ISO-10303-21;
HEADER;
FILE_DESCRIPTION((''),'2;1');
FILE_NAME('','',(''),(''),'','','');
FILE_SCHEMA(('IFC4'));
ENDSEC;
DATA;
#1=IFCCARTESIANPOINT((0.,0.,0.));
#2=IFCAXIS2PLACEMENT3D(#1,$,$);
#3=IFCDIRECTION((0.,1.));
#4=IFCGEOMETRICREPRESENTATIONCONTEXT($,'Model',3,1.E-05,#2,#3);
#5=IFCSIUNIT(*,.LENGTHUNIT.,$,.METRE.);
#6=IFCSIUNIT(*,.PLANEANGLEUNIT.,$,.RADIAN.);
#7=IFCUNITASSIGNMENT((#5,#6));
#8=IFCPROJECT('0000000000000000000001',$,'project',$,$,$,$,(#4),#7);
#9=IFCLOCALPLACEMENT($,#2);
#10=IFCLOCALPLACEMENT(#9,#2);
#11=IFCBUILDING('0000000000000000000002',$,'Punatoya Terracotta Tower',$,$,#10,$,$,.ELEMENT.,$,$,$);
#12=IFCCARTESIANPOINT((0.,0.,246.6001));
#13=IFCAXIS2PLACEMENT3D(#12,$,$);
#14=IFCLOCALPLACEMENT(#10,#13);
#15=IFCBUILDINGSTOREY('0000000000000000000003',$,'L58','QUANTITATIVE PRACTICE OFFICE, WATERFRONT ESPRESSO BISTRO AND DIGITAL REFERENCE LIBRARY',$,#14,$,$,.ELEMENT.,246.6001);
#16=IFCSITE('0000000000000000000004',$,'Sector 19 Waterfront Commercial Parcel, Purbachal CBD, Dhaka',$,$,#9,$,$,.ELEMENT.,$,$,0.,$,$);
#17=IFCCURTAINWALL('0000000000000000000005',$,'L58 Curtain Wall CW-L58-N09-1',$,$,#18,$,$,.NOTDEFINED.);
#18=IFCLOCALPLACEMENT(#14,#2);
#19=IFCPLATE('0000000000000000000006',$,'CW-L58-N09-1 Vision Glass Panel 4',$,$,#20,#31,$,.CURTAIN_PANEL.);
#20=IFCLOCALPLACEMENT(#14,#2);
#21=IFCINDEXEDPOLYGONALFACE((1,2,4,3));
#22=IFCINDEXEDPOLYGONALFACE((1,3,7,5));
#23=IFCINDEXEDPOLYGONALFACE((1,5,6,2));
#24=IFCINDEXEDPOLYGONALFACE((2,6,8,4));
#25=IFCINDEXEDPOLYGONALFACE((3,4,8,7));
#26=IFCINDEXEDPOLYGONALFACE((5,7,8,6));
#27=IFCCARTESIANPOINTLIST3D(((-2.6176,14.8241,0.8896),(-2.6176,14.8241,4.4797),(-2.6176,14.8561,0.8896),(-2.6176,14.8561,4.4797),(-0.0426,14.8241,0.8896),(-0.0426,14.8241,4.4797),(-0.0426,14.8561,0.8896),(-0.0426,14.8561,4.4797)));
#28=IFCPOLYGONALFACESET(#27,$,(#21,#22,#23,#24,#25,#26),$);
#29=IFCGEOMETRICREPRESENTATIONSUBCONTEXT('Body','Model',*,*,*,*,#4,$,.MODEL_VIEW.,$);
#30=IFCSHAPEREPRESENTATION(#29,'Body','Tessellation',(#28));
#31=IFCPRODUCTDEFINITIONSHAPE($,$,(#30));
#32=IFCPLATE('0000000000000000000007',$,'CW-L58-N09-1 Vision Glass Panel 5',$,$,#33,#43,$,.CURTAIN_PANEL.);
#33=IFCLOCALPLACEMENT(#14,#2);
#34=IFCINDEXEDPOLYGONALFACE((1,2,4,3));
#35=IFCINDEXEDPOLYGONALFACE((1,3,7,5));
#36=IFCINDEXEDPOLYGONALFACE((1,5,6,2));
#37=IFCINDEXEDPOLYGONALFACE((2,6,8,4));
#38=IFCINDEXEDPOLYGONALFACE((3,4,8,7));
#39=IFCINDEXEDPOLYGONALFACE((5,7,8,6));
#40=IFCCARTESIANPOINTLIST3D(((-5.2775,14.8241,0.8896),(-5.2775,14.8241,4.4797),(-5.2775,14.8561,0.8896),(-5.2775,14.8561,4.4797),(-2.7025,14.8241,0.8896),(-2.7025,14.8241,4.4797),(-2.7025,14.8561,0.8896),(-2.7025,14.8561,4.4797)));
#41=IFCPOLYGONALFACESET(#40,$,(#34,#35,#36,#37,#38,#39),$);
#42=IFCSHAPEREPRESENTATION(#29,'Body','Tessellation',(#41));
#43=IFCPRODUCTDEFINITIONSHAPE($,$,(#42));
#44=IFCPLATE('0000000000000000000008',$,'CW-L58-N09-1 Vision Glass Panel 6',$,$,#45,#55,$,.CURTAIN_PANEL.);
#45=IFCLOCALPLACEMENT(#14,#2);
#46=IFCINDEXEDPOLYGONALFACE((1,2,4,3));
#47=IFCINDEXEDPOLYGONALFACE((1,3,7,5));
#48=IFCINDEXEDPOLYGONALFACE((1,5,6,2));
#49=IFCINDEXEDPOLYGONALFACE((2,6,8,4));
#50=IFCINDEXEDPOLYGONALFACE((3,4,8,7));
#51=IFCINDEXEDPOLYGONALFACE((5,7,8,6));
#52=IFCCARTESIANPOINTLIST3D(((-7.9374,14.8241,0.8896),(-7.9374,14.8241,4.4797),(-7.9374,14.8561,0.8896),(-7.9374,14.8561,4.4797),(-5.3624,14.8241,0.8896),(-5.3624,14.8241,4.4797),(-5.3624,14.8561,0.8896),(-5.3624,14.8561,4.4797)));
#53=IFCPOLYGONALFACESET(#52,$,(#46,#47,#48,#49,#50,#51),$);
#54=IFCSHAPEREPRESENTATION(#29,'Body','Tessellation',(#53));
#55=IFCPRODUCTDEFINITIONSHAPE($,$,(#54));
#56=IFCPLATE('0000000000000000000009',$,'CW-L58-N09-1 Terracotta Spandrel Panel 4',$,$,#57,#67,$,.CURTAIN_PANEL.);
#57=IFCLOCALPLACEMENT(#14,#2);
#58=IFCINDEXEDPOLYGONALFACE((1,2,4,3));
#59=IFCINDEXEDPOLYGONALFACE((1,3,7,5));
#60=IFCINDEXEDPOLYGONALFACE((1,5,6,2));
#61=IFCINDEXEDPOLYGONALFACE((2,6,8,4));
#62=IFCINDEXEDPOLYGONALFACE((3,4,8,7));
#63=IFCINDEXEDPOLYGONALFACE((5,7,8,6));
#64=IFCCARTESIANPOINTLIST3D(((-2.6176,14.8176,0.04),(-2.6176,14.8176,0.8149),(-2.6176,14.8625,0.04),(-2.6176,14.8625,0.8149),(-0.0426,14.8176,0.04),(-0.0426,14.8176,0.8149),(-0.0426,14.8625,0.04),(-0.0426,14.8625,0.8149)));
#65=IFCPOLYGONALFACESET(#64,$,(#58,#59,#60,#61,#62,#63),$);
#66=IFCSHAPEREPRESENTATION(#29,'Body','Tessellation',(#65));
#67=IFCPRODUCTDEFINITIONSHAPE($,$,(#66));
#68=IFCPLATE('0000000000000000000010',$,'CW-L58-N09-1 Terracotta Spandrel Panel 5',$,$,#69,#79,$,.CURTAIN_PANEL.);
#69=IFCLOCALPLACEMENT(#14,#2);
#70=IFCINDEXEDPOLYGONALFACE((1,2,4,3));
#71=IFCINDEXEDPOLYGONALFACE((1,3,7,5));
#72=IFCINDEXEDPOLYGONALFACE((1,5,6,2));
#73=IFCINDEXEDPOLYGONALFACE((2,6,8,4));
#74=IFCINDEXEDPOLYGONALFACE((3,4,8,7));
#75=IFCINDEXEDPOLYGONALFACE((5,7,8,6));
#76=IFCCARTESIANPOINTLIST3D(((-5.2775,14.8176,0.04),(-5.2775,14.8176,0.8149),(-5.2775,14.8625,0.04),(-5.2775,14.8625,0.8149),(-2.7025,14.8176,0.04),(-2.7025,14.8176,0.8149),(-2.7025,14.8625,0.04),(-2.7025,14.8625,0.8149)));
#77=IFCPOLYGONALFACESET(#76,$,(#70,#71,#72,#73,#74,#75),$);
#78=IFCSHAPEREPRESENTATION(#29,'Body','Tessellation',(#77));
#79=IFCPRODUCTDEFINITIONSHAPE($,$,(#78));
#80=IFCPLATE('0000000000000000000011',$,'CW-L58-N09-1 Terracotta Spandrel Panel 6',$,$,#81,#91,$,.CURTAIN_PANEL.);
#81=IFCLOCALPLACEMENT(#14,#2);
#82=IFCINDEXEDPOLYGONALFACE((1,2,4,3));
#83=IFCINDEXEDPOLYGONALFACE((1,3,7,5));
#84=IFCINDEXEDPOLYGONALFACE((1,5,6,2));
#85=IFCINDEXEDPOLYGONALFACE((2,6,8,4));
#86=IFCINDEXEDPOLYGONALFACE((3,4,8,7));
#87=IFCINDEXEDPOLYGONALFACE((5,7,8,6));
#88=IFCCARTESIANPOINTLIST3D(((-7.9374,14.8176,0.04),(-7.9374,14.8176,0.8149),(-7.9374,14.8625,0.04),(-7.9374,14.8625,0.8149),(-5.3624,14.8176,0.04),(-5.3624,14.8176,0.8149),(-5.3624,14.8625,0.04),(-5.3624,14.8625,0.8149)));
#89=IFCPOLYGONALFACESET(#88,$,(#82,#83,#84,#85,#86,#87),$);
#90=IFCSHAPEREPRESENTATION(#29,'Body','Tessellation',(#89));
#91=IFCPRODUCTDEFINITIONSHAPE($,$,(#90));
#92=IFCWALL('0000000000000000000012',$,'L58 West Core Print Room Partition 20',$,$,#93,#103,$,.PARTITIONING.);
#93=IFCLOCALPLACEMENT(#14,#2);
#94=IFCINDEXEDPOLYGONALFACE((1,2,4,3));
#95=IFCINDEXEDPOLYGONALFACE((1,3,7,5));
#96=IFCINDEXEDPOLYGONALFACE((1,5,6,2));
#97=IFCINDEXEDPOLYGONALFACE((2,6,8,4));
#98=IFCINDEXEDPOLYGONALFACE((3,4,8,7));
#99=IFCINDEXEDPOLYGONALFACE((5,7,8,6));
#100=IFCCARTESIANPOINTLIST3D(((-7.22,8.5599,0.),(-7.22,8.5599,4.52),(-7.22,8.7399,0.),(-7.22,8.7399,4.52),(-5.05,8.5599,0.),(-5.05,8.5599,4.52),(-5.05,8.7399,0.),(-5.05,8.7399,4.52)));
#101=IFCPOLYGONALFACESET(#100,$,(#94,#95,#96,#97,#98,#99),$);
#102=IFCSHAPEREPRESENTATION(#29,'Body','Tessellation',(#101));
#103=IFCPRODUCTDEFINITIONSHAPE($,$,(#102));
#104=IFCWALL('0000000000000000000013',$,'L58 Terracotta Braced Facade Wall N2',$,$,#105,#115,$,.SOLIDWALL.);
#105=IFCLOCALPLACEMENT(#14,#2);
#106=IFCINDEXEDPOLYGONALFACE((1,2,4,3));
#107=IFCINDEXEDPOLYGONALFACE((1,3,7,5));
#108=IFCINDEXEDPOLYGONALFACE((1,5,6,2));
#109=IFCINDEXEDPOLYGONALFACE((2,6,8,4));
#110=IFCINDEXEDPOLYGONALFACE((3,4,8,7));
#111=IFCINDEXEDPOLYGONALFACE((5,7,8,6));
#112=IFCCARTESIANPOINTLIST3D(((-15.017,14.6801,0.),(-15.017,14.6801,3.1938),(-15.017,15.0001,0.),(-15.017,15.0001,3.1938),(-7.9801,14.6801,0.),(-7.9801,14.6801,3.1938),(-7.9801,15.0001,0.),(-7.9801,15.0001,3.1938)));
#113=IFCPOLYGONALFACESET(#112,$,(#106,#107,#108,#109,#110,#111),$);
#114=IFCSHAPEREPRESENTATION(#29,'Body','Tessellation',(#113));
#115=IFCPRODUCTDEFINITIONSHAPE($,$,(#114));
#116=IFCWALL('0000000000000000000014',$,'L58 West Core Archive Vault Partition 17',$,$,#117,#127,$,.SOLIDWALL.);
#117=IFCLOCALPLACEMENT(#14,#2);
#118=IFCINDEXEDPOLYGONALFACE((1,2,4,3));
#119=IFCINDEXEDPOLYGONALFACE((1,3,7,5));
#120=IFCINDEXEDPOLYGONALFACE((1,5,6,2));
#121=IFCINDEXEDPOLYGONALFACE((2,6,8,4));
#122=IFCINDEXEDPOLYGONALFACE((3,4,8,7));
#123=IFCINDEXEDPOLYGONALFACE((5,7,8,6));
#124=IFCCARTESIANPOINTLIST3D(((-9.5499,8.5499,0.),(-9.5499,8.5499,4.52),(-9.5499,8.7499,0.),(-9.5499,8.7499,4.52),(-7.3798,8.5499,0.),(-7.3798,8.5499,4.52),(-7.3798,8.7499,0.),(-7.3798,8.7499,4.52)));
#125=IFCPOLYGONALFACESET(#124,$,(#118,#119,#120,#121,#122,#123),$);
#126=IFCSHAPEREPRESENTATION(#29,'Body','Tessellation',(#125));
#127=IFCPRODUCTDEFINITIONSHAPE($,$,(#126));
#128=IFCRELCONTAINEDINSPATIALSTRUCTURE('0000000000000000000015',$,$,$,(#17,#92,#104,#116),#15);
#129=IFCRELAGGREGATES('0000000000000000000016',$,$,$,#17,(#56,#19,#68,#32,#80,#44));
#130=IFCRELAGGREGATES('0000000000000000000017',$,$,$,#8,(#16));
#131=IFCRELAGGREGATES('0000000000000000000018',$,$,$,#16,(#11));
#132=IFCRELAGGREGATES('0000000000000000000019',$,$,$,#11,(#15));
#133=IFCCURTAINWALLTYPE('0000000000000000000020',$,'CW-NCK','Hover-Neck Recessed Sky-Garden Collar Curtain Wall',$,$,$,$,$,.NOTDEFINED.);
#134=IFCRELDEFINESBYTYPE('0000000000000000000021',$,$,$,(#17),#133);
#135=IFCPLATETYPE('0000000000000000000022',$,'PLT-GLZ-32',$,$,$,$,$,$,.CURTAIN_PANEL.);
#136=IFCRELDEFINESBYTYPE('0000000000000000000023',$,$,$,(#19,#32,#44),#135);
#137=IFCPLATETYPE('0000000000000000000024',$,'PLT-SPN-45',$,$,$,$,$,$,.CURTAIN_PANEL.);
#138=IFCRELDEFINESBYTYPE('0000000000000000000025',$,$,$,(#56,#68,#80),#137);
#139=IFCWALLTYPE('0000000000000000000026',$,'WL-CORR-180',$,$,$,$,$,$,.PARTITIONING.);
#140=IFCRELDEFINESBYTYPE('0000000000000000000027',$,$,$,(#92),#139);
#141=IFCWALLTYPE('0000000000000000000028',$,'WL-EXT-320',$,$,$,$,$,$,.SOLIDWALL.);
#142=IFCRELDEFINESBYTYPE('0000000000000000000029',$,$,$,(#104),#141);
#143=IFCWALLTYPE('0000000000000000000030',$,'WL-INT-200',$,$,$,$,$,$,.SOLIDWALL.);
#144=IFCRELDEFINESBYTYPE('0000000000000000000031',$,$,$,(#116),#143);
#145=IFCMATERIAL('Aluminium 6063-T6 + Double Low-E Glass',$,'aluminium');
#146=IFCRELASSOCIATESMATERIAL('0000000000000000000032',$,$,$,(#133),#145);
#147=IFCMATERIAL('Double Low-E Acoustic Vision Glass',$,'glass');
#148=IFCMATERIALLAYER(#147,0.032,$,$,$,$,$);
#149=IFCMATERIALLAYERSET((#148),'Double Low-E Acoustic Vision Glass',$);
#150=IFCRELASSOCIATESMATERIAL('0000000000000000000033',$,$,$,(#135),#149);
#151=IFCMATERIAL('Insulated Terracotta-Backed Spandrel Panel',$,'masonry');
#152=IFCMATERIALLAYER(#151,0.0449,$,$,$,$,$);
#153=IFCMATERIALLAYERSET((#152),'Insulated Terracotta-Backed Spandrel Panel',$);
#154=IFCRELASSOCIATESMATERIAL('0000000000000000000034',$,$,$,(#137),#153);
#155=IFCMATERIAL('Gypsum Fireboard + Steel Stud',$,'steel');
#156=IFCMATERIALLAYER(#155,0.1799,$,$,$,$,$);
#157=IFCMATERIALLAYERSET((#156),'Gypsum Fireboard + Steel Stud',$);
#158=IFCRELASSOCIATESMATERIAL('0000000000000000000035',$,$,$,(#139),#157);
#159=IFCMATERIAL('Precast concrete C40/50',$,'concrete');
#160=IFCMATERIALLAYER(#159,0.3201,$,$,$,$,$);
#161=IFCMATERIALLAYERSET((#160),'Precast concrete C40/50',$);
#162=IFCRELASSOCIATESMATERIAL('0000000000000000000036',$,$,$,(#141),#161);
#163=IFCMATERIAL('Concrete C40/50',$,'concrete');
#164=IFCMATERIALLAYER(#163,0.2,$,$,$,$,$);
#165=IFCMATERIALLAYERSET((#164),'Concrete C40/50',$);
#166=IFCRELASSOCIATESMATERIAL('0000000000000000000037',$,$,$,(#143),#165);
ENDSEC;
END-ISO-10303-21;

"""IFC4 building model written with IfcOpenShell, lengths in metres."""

from ifc_helpers import new_model, si_unit, direction, frame, frame_2d, origin, origin_2d, place, context, subcontext, project, spatial, rectangle, extrude, material, layer, layer_set, type_object, element, aggregate, save


model = new_model("IFC4")

# Units and contexts
model_context = context("Model", 3, precision=1e-05, world=origin(), true_north=direction((0.0, 1.0)))
body_context = subcontext(model_context, "Body", "Model", "MODEL_VIEW")
ifc_project = project(units=[si_unit("LENGTHUNIT", "METRE"), si_unit("PLANEANGLEUNIT", "RADIAN")], contexts=[model_context])

# Site, building, storey
site_placement = place(None, origin())
site = spatial("IfcSite", under=ifc_project, at=site_placement, Name="Sector 19 Waterfront Commercial Parcel, Purbachal CBD, Dhaka", CompositionType="ELEMENT", RefElevation=0.0)
building_placement = place(site_placement, origin())
building = spatial("IfcBuilding", under=site, at=building_placement, Name="Punatoya Terracotta Tower", CompositionType="ELEMENT")
storey_placement = place(building_placement, frame((0.0, 0.0, 246.6001)))
storey = spatial("IfcBuildingStorey", under=building, at=storey_placement, Name="L58", Description="QUANTITATIVE PRACTICE OFFICE, WATERFRONT ESPRESSO BISTRO AND DIGITAL REFERENCE LIBRARY", CompositionType="ELEMENT", Elevation=246.6001)

# Curtain wall, plates
ifc_material_1 = material(Name="Aluminium 6063-T6 + Double Low-E Glass", Category="aluminium")
curtain_wall_type = type_object("IfcCurtainWallType", Name="CW-NCK", Description="Hover-Neck Recessed Sky-Garden Collar Curtain Wall", PredefinedType="NOTDEFINED", material=ifc_material_1)
curtain_wall_placement = place(storey_placement, origin())
curtain_wall = element("IfcCurtainWall", 1, at=curtain_wall_placement, inside=storey, type_object=curtain_wall_type, Name="L58 Curtain Wall CW-L58-N09-1", PredefinedType="NOTDEFINED")
ifc_material_2 = material(Name="Double Low-E Acoustic Vision Glass", Category="glass")
ifc_layer_1 = layer(ifc_material_2, 0.032)
ifc_layer_set_1 = layer_set([ifc_layer_1], Name="Double Low-E Acoustic Vision Glass")
plate_type_1 = type_object("IfcPlateType", Name="PLT-GLZ-32", PredefinedType="CURTAIN_PANEL", material=ifc_layer_set_1)
plate_1_placement = place(storey_placement, frame((-1.3301, 14.8401, 0.8896), z_axis=(0.0, 0.0, 1.0), x_axis=(-1.0, 0.0, 0.0)))
plate_1 = element("IfcPlate", 2, at=plate_1_placement, type_object=plate_type_1, Name="CW-L58-N09-1 Vision Glass Panel 4", PredefinedType="CURTAIN_PANEL", context=body_context, shape_type="SweptSolid", body=[
    extrude(rectangle(XDim=2.575, YDim=0.032, at=origin_2d()), origin(), (0.0, 0.0, 1.0), 3.5901),
])
plate_2_placement = place(storey_placement, frame((-3.99, 14.8401, 0.8896), z_axis=(0.0, 0.0, 1.0), x_axis=(-1.0, 0.0, 0.0)))
plate_2 = element("IfcPlate", 3, at=plate_2_placement, type_object=plate_type_1, Name="CW-L58-N09-1 Vision Glass Panel 5", PredefinedType="CURTAIN_PANEL", context=body_context, shape_type="SweptSolid", body=[
    extrude(rectangle(XDim=2.575, YDim=0.032, at=origin_2d()), origin(), (0.0, 0.0, 1.0), 3.5901),
])
plate_3_placement = place(storey_placement, frame((-6.6499, 14.8401, 0.8896), z_axis=(0.0, 0.0, 1.0), x_axis=(-1.0, 0.0, 0.0)))
plate_3 = element("IfcPlate", 4, at=plate_3_placement, type_object=plate_type_1, Name="CW-L58-N09-1 Vision Glass Panel 6", PredefinedType="CURTAIN_PANEL", context=body_context, shape_type="SweptSolid", body=[
    extrude(rectangle(XDim=2.575, YDim=0.032, at=origin_2d()), origin(), (0.0, 0.0, 1.0), 3.5901),
])
ifc_material_3 = material(Name="Insulated Terracotta-Backed Spandrel Panel", Category="masonry")
ifc_layer_2 = layer(ifc_material_3, 0.0449)
ifc_layer_set_2 = layer_set([ifc_layer_2], Name="Insulated Terracotta-Backed Spandrel Panel")
plate_type_2 = type_object("IfcPlateType", Name="PLT-SPN-45", PredefinedType="CURTAIN_PANEL", material=ifc_layer_set_2)
plate_4_placement = place(storey_placement, frame((-1.3301, 14.8401, 0.04), z_axis=(0.0, 0.0, 1.0), x_axis=(-1.0, 0.0, 0.0)))
plate_4 = element("IfcPlate", 5, at=plate_4_placement, type_object=plate_type_2, Name="CW-L58-N09-1 Terracotta Spandrel Panel 4", PredefinedType="CURTAIN_PANEL", context=body_context, shape_type="SweptSolid", body=[
    extrude(rectangle(XDim=2.575, YDim=0.0449, at=origin_2d()), origin(), (0.0, 0.0, 1.0), 0.7749),
])
plate_5_placement = place(storey_placement, frame((-3.99, 14.8401, 0.04), z_axis=(0.0, 0.0, 1.0), x_axis=(-1.0, 0.0, 0.0)))
plate_5 = element("IfcPlate", 6, at=plate_5_placement, type_object=plate_type_2, Name="CW-L58-N09-1 Terracotta Spandrel Panel 5", PredefinedType="CURTAIN_PANEL", context=body_context, shape_type="SweptSolid", body=[
    extrude(rectangle(XDim=2.575, YDim=0.0449, at=origin_2d()), origin(), (0.0, 0.0, 1.0), 0.7749),
])
plate_6_placement = place(storey_placement, frame((-6.6499, 14.8401, 0.04), z_axis=(0.0, 0.0, 1.0), x_axis=(-1.0, 0.0, 0.0)))
plate_6 = element("IfcPlate", 7, at=plate_6_placement, type_object=plate_type_2, Name="CW-L58-N09-1 Terracotta Spandrel Panel 6", PredefinedType="CURTAIN_PANEL", context=body_context, shape_type="SweptSolid", body=[
    extrude(rectangle(XDim=2.575, YDim=0.0449, at=origin_2d()), origin(), (0.0, 0.0, 1.0), 0.7749),
])
aggregate(curtain_wall, [plate_4, plate_1, plate_5, plate_2, plate_6, plate_3])

# Walls
ifc_material_4 = material(Name="Gypsum Fireboard + Steel Stud", Category="steel")
ifc_layer_3 = layer(ifc_material_4, 0.1799)
ifc_layer_set_3 = layer_set([ifc_layer_3], Name="Gypsum Fireboard + Steel Stud")
wall_type_1 = type_object("IfcWallType", Name="WL-CORR-180", PredefinedType="PARTITIONING", material=ifc_layer_set_3)
wall_1_placement = place(storey_placement, frame((-5.05, 8.6499, 0.0), z_axis=(0.0, 0.0, 1.0), x_axis=(-1.0, 0.0, 0.0)))
element("IfcWall", 8, at=wall_1_placement, inside=storey, type_object=wall_type_1, Name="L58 West Core Print Room Partition 20", PredefinedType="PARTITIONING", context=body_context, shape_type="SweptSolid", body=[
    extrude(rectangle(XDim=2.1699, YDim=0.1799, at=frame_2d((1.085, 0.0))), origin(), (0.0, 0.0, 1.0), 4.52),
])
ifc_material_5 = material(Name="Precast concrete C40/50", Category="concrete")
ifc_layer_4 = layer(ifc_material_5, 0.3201)
ifc_layer_set_4 = layer_set([ifc_layer_4], Name="Precast concrete C40/50")
wall_type_2 = type_object("IfcWallType", Name="WL-EXT-320", PredefinedType="SOLIDWALL", material=ifc_layer_set_4)
wall_2_placement = place(storey_placement, frame((-7.98, 14.8401, 0.0), z_axis=(0.0, 0.0, 1.0), x_axis=(-1.0, 0.0, 0.0)))
element("IfcWall", 9, at=wall_2_placement, inside=storey, type_object=wall_type_2, Name="L58 Terracotta Braced Facade Wall N2", PredefinedType="SOLIDWALL", context=body_context, shape_type="SweptSolid", body=[
    extrude(rectangle(XDim=7.0369, YDim=0.3201, at=frame_2d((3.5186, 0.0))), origin(), (0.0, 0.0, 1.0), 3.1938),
])
ifc_material_6 = material(Name="Concrete C40/50", Category="concrete")
ifc_layer_5 = layer(ifc_material_6, 0.2)
ifc_layer_set_5 = layer_set([ifc_layer_5], Name="Concrete C40/50")
wall_type_3 = type_object("IfcWallType", Name="WL-INT-200", PredefinedType="SOLIDWALL", material=ifc_layer_set_5)
wall_3_placement = place(storey_placement, frame((-7.3799, 8.6499, 0.0), z_axis=(0.0, 0.0, 1.0), x_axis=(-1.0, 0.0, 0.0)))
element("IfcWall", 10, at=wall_3_placement, inside=storey, type_object=wall_type_3, Name="L58 West Core Archive Vault Partition 17", PredefinedType="SOLIDWALL", context=body_context, shape_type="SweptSolid", body=[
    extrude(rectangle(XDim=2.1702, YDim=0.2, at=frame_2d((1.085, 0.0))), origin(), (0.0, 0.0, 1.0), 4.52),
])

save(model, "model.ifc")
